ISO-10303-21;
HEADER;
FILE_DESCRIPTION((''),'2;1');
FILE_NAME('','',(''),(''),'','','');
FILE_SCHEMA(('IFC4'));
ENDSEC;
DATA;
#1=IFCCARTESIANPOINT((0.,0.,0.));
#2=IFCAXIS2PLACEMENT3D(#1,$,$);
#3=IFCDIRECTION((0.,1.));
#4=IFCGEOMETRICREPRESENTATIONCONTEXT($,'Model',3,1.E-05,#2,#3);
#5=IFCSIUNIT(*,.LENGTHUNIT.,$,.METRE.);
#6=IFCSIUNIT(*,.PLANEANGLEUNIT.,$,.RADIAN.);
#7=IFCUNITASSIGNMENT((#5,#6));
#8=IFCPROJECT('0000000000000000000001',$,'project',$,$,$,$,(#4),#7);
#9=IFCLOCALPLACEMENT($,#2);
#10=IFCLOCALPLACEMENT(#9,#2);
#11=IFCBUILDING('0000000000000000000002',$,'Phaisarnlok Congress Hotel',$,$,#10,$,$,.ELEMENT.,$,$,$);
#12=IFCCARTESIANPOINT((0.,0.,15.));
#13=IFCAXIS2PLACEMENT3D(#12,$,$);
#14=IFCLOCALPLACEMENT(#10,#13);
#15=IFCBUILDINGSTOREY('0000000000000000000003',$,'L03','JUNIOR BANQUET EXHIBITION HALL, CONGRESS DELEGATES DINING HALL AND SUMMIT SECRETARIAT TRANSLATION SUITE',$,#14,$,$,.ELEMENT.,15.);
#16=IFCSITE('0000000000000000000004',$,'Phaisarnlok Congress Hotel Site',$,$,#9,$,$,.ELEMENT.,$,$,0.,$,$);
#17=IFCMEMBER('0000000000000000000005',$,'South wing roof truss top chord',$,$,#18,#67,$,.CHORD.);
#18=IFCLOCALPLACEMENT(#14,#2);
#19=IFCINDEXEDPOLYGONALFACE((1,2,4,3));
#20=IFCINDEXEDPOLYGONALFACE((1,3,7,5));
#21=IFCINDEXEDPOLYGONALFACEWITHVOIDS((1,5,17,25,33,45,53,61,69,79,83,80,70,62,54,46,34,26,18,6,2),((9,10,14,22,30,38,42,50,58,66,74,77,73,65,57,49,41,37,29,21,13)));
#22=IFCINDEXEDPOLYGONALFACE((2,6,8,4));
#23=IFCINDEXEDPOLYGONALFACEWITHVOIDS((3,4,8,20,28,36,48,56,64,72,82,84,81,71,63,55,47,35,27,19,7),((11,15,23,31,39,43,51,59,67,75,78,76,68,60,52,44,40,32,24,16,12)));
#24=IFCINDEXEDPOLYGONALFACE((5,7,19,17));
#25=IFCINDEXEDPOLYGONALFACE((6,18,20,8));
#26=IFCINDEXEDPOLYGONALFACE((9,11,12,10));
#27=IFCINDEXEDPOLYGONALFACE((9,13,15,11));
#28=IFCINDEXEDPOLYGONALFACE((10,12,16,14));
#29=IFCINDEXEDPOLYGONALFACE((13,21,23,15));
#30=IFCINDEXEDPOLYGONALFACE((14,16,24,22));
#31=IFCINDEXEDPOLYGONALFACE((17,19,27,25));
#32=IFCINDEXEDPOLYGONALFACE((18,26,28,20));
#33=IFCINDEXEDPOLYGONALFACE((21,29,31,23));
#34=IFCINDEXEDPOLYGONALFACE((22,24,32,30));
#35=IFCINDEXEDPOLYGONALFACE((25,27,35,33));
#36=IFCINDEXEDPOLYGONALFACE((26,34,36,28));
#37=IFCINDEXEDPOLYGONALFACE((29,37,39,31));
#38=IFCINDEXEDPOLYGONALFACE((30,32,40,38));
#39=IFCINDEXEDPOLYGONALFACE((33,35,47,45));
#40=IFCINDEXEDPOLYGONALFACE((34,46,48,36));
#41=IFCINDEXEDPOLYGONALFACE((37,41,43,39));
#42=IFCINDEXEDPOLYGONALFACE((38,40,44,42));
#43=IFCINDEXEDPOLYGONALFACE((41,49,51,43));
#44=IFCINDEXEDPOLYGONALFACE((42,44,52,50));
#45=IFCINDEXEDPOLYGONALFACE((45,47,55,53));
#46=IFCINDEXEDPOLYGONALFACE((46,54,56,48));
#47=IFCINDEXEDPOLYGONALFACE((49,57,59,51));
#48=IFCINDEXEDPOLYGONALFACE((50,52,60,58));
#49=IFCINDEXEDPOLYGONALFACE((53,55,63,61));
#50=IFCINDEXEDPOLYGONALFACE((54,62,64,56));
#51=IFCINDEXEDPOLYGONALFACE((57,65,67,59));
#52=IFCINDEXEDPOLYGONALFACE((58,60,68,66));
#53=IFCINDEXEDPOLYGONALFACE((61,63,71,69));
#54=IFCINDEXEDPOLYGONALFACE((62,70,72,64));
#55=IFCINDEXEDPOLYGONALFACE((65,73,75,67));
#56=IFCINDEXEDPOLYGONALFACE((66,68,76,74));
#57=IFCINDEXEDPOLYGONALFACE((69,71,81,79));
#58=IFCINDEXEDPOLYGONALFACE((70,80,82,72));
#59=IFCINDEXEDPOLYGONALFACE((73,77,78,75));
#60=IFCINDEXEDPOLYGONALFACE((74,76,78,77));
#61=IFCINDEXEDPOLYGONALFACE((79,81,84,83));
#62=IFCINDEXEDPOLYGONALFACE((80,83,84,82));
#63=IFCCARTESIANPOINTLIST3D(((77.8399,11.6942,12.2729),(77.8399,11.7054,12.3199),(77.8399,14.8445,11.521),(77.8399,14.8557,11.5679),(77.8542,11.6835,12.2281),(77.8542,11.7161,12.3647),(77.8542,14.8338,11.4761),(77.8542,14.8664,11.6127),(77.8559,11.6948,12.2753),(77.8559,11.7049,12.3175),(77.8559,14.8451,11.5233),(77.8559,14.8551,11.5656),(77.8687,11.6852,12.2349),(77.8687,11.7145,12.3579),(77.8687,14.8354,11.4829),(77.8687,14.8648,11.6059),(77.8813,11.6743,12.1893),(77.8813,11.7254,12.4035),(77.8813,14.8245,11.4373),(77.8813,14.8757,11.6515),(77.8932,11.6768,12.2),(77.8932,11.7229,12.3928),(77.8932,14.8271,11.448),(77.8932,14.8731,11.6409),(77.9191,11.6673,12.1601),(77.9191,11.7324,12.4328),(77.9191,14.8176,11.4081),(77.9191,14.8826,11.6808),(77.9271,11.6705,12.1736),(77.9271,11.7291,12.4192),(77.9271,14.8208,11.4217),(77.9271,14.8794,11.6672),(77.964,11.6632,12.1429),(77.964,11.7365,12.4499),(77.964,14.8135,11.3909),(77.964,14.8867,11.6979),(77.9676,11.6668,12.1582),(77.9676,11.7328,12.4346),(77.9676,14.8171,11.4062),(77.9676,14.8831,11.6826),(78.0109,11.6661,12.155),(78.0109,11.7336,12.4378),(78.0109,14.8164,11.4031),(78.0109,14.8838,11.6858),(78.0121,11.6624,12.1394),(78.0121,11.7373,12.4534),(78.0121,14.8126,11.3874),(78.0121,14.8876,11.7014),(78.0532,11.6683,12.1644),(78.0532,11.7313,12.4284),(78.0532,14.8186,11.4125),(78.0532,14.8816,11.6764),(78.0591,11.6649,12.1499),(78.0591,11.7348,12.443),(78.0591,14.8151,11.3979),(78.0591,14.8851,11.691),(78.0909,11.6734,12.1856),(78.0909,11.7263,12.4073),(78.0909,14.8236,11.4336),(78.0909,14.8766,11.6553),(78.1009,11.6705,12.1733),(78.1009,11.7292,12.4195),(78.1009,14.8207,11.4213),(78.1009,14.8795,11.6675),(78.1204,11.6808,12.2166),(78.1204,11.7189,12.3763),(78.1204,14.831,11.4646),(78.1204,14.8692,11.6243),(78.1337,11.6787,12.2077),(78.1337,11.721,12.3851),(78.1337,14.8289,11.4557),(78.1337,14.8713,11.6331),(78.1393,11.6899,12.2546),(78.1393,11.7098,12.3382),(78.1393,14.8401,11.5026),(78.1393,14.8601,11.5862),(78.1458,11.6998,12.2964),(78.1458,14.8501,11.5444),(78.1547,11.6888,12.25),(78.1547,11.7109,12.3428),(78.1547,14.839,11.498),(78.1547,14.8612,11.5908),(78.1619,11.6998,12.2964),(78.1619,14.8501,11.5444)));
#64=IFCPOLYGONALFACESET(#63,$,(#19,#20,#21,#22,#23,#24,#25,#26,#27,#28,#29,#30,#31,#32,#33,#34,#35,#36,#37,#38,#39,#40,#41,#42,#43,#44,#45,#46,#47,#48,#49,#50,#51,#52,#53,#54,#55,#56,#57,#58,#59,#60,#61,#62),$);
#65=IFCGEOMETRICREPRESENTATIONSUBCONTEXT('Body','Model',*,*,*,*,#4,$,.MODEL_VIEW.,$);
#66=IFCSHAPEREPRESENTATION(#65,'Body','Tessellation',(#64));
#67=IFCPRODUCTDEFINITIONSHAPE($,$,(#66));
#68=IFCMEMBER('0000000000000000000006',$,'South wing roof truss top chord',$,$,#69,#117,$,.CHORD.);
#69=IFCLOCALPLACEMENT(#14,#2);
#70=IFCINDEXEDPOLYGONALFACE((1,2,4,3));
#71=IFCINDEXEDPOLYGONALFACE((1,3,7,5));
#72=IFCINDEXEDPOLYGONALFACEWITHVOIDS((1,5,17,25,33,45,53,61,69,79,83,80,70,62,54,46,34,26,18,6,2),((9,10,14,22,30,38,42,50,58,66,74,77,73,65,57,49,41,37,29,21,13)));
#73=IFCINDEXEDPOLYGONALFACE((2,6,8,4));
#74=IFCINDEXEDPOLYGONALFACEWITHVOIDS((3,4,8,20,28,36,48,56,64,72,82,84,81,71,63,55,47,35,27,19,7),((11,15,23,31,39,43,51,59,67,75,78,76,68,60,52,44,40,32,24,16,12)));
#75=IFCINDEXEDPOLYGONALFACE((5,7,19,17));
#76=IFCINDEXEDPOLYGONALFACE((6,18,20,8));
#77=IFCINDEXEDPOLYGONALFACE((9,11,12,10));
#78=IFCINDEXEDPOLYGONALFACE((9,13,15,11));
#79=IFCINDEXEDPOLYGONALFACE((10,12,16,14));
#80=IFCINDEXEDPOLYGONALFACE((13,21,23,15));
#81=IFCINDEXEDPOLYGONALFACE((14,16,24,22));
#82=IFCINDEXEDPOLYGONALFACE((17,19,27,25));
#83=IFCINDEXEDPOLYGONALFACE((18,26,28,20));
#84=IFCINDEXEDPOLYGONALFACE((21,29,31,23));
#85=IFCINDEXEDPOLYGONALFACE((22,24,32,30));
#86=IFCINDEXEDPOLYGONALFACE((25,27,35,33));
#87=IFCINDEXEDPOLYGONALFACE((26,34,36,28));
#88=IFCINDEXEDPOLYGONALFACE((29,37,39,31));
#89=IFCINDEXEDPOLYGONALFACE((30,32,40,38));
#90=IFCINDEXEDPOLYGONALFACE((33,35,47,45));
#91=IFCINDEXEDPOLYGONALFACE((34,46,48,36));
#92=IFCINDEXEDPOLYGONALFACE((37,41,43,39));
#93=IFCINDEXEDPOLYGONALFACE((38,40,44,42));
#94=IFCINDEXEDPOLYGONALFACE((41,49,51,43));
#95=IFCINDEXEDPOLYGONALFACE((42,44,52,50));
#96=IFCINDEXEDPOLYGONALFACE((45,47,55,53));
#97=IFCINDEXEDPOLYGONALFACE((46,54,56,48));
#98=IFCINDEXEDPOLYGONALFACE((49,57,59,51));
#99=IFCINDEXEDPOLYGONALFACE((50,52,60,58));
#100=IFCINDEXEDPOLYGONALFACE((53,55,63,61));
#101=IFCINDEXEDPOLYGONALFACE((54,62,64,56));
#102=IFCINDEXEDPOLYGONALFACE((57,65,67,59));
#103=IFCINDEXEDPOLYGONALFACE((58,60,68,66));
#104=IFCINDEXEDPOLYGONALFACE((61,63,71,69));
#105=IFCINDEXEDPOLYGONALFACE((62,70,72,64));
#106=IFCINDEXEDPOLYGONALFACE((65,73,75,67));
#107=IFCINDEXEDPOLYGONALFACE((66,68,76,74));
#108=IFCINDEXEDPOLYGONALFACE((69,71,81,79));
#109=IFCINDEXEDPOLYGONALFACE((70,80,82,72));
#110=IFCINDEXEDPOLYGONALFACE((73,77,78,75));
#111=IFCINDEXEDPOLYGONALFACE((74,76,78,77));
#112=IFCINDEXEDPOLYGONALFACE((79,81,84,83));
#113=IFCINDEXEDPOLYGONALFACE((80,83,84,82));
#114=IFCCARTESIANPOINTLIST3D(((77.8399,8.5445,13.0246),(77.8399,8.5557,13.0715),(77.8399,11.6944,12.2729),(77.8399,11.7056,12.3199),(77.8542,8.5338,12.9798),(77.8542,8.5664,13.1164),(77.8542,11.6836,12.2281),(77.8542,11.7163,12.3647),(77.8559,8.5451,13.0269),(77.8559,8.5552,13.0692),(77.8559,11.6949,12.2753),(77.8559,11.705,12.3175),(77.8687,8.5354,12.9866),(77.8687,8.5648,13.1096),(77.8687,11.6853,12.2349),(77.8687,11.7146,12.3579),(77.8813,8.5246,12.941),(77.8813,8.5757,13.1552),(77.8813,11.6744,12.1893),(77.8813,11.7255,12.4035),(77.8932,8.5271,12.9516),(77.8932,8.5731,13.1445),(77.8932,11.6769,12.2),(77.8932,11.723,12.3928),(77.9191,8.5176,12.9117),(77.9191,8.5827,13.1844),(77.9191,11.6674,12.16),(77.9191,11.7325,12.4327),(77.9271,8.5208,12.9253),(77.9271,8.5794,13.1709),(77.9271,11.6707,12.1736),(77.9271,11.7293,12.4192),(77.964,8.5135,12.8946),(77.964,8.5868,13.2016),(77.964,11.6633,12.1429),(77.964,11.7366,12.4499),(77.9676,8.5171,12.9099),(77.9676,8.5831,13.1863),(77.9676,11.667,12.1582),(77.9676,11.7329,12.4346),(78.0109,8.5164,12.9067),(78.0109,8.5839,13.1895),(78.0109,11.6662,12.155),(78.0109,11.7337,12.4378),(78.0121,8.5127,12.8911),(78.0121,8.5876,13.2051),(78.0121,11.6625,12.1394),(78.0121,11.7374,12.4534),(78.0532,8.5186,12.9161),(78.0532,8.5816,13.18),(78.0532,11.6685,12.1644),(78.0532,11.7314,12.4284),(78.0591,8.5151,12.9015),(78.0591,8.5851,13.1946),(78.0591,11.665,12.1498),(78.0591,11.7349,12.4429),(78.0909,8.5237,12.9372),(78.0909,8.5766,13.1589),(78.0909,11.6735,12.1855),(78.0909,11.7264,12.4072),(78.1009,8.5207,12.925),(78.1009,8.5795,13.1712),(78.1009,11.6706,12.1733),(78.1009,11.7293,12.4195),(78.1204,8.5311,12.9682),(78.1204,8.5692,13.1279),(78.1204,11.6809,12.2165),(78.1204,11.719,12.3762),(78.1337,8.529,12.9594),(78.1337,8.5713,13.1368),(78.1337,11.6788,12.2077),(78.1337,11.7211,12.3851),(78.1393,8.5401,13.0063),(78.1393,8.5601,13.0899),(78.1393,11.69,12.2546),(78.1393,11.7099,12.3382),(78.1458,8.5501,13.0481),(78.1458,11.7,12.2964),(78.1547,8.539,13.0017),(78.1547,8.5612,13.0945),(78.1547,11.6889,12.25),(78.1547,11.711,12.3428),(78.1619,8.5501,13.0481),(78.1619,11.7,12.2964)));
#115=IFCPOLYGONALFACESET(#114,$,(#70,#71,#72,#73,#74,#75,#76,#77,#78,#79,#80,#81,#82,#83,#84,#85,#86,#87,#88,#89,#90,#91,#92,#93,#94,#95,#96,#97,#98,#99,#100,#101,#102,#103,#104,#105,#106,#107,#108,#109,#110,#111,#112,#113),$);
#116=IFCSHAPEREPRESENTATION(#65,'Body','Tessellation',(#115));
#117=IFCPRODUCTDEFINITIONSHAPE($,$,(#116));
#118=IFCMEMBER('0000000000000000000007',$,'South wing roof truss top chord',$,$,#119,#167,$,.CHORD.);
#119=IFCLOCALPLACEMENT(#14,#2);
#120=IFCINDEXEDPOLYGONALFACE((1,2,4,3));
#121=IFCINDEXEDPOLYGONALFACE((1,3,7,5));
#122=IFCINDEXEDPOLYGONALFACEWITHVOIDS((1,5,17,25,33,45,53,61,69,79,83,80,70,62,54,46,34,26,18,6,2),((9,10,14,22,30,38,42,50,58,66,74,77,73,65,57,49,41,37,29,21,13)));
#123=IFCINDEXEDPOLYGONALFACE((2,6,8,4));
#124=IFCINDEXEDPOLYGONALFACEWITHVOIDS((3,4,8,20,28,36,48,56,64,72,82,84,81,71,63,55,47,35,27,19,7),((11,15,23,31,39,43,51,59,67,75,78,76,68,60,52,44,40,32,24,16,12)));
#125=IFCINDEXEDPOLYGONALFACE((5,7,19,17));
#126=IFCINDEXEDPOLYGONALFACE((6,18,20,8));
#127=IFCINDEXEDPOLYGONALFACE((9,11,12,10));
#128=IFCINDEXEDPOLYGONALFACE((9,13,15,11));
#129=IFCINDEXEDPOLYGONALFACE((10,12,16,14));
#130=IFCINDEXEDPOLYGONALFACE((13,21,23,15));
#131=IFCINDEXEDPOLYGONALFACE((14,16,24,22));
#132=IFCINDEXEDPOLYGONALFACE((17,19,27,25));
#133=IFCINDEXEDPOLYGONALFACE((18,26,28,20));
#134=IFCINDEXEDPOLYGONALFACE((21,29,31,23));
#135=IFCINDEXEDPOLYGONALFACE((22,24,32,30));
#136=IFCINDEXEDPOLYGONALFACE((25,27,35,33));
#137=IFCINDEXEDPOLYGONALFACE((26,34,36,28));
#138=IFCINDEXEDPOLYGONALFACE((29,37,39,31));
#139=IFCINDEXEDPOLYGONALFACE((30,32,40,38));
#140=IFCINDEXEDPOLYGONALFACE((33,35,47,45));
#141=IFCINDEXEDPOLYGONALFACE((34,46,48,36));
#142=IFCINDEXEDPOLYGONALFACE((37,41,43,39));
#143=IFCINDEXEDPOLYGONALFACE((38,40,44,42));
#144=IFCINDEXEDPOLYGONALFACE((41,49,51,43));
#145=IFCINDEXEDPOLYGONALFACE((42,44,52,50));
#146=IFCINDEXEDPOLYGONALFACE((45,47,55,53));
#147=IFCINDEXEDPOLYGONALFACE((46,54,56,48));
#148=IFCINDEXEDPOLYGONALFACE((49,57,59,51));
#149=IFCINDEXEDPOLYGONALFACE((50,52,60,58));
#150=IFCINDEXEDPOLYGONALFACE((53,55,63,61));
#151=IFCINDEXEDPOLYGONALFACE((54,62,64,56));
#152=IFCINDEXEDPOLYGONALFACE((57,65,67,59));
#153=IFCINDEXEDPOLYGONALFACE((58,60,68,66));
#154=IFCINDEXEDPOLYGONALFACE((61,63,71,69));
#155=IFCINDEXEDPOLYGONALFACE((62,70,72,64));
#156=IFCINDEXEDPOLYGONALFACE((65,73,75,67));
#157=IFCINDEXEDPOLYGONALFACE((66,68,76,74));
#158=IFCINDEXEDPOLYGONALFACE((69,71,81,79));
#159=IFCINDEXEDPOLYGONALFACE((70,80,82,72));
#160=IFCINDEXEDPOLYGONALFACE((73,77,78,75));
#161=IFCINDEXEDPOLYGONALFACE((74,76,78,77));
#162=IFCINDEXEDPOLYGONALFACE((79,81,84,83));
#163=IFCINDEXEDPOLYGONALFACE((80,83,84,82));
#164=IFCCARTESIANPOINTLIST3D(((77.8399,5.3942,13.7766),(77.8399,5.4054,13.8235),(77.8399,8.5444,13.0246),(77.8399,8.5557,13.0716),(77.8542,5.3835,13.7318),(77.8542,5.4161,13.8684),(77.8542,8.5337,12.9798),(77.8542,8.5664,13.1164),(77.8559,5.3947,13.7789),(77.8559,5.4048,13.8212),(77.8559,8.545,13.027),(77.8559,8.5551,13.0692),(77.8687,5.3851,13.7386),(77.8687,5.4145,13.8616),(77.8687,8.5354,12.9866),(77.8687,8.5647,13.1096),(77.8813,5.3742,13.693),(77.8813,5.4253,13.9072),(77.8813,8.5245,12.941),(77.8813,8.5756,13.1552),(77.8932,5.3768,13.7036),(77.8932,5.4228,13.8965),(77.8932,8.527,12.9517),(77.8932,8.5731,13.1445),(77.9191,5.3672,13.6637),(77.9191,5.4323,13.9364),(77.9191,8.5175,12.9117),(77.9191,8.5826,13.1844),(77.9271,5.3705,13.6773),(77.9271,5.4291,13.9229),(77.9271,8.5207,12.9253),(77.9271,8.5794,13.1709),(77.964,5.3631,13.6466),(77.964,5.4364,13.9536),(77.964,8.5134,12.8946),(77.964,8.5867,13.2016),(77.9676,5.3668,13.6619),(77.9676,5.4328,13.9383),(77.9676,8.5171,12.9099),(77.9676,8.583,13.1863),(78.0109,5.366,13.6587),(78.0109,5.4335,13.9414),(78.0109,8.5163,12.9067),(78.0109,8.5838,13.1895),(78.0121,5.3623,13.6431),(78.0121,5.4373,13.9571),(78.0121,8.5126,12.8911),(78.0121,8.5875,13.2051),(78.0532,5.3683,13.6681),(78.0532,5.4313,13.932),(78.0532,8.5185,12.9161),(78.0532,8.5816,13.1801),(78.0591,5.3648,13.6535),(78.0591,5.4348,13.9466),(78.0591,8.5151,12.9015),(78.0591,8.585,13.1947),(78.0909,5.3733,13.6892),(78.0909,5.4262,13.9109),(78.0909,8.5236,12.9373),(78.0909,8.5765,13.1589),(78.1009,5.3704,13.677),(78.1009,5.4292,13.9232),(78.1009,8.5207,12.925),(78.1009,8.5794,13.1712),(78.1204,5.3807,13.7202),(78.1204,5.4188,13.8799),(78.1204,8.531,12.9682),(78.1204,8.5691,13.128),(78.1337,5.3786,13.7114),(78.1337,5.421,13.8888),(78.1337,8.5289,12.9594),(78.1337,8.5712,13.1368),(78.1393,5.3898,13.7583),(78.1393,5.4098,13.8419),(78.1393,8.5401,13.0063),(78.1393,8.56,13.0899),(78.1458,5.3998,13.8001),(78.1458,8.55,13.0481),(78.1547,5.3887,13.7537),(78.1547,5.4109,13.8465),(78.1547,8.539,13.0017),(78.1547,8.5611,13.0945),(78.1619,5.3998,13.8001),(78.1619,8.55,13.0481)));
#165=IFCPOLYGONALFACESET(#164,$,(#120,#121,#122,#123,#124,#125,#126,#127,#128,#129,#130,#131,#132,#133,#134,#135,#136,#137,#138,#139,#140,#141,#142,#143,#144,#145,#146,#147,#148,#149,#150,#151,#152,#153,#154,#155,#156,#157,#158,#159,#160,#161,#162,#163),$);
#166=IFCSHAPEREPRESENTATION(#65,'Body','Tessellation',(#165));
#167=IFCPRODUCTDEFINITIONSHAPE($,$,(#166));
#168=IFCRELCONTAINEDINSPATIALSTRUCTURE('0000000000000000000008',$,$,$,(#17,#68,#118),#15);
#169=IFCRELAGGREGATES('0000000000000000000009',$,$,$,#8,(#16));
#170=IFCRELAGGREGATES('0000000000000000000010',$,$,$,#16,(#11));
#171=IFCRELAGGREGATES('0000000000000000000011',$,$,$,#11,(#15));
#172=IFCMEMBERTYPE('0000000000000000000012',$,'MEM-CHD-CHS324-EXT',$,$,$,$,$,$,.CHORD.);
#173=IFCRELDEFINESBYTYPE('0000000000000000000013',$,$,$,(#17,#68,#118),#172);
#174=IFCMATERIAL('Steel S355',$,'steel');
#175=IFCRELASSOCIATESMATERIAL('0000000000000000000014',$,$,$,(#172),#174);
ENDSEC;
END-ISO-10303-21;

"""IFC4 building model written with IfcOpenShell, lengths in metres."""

from ifc_helpers import new_model, si_unit, direction, frame, origin, origin_2d, place, context, subcontext, project, spatial, hollow_circle, extrude, material, material_profile, profile_set, type_object, element, save


model = new_model("IFC4")

# Units and contexts
model_context = context("Model", 3, precision=1e-05, world=origin(), true_north=direction((0.0, 1.0)))
body_context = subcontext(model_context, "Body", "Model", "MODEL_VIEW")
ifc_project = project(units=[si_unit("LENGTHUNIT", "METRE"), si_unit("PLANEANGLEUNIT", "RADIAN")], contexts=[model_context])

# Site, building, storey
site_placement = place(None, origin())
site = spatial("IfcSite", under=ifc_project, at=site_placement, Name="Phaisarnlok Congress Hotel Site", CompositionType="ELEMENT", RefElevation=0.0)
building_placement = place(site_placement, origin())
building = spatial("IfcBuilding", under=site, at=building_placement, Name="Phaisarnlok Congress Hotel", CompositionType="ELEMENT")
storey_placement = place(building_placement, frame((0.0, 0.0, 15.0)))
storey = spatial("IfcBuildingStorey", under=building, at=storey_placement, Name="L03", Description="JUNIOR BANQUET EXHIBITION HALL, CONGRESS DELEGATES DINING HALL AND SUMMIT SECRETARIAT TRANSLATION SUITE", CompositionType="ELEMENT", Elevation=15.0)

# Shared definitions
ifc_material = material(Name="Steel S355", Category="steel")

# Members
ifc_material_profile_1 = material_profile(ifc_material, hollow_circle(Radius=0.1619, WallThickness=0.0161, at=origin_2d()), Name="CHS 323.9x16")
ifc_profile_set_1 = profile_set([ifc_material_profile_1], Name="Steel S355")
member_type_1 = type_object("IfcMemberType", Name="MEM-CHD-CHS324-EXT", PredefinedType="CHORD", material=ifc_profile_set_1)
for number, where, z_axis, x_axis, name in (
    (1, (78.0, 14.8501, 11.5444), (0.0, -0.972673, 0.232181), (1.0, 0.0, 0.0), "South wing roof truss top chord"),
):
    element("IfcMember", number, at=place(storey_placement, frame(where, z_axis=z_axis, x_axis=x_axis)), inside=storey, type_object=member_type_1, Name=name, PredefinedType="CHORD", context=body_context, shape_type="SweptSolid", body=[
        extrude(hollow_circle(Radius=0.1619, WallThickness=0.0161, at=origin_2d()), origin(), (0.0, 0.0, 1.0), 3.2388),
    ])
member_1_placement = place(storey_placement, frame((78.0, 11.7, 12.2964), z_axis=(0.0, -0.972686, 0.232127), x_axis=(1.0, 0.0, 0.0)))
element("IfcMember", 2, at=member_1_placement, inside=storey, type_object=member_type_1, Name="South wing roof truss top chord", PredefinedType="CHORD", context=body_context, shape_type="SweptSolid", body=[
    extrude(hollow_circle(Radius=0.1619, WallThickness=0.0161, at=origin_2d()), origin(), (0.0, 0.0, 1.0), 3.2383),
])
member_2_placement = place(storey_placement, frame((78.0, 8.55, 13.0481), z_axis=(0.0, -0.972673, 0.232181), x_axis=(1.0, 0.0, 0.0)))
element("IfcMember", 3, at=member_2_placement, inside=storey, type_object=member_type_1, Name="South wing roof truss top chord", PredefinedType="CHORD", context=body_context, shape_type="SweptSolid", body=[
    extrude(hollow_circle(Radius=0.1619, WallThickness=0.0161, at=origin_2d()), origin(), (0.0, 0.0, 1.0), 3.2388),
])

save(model, "model.ifc")
